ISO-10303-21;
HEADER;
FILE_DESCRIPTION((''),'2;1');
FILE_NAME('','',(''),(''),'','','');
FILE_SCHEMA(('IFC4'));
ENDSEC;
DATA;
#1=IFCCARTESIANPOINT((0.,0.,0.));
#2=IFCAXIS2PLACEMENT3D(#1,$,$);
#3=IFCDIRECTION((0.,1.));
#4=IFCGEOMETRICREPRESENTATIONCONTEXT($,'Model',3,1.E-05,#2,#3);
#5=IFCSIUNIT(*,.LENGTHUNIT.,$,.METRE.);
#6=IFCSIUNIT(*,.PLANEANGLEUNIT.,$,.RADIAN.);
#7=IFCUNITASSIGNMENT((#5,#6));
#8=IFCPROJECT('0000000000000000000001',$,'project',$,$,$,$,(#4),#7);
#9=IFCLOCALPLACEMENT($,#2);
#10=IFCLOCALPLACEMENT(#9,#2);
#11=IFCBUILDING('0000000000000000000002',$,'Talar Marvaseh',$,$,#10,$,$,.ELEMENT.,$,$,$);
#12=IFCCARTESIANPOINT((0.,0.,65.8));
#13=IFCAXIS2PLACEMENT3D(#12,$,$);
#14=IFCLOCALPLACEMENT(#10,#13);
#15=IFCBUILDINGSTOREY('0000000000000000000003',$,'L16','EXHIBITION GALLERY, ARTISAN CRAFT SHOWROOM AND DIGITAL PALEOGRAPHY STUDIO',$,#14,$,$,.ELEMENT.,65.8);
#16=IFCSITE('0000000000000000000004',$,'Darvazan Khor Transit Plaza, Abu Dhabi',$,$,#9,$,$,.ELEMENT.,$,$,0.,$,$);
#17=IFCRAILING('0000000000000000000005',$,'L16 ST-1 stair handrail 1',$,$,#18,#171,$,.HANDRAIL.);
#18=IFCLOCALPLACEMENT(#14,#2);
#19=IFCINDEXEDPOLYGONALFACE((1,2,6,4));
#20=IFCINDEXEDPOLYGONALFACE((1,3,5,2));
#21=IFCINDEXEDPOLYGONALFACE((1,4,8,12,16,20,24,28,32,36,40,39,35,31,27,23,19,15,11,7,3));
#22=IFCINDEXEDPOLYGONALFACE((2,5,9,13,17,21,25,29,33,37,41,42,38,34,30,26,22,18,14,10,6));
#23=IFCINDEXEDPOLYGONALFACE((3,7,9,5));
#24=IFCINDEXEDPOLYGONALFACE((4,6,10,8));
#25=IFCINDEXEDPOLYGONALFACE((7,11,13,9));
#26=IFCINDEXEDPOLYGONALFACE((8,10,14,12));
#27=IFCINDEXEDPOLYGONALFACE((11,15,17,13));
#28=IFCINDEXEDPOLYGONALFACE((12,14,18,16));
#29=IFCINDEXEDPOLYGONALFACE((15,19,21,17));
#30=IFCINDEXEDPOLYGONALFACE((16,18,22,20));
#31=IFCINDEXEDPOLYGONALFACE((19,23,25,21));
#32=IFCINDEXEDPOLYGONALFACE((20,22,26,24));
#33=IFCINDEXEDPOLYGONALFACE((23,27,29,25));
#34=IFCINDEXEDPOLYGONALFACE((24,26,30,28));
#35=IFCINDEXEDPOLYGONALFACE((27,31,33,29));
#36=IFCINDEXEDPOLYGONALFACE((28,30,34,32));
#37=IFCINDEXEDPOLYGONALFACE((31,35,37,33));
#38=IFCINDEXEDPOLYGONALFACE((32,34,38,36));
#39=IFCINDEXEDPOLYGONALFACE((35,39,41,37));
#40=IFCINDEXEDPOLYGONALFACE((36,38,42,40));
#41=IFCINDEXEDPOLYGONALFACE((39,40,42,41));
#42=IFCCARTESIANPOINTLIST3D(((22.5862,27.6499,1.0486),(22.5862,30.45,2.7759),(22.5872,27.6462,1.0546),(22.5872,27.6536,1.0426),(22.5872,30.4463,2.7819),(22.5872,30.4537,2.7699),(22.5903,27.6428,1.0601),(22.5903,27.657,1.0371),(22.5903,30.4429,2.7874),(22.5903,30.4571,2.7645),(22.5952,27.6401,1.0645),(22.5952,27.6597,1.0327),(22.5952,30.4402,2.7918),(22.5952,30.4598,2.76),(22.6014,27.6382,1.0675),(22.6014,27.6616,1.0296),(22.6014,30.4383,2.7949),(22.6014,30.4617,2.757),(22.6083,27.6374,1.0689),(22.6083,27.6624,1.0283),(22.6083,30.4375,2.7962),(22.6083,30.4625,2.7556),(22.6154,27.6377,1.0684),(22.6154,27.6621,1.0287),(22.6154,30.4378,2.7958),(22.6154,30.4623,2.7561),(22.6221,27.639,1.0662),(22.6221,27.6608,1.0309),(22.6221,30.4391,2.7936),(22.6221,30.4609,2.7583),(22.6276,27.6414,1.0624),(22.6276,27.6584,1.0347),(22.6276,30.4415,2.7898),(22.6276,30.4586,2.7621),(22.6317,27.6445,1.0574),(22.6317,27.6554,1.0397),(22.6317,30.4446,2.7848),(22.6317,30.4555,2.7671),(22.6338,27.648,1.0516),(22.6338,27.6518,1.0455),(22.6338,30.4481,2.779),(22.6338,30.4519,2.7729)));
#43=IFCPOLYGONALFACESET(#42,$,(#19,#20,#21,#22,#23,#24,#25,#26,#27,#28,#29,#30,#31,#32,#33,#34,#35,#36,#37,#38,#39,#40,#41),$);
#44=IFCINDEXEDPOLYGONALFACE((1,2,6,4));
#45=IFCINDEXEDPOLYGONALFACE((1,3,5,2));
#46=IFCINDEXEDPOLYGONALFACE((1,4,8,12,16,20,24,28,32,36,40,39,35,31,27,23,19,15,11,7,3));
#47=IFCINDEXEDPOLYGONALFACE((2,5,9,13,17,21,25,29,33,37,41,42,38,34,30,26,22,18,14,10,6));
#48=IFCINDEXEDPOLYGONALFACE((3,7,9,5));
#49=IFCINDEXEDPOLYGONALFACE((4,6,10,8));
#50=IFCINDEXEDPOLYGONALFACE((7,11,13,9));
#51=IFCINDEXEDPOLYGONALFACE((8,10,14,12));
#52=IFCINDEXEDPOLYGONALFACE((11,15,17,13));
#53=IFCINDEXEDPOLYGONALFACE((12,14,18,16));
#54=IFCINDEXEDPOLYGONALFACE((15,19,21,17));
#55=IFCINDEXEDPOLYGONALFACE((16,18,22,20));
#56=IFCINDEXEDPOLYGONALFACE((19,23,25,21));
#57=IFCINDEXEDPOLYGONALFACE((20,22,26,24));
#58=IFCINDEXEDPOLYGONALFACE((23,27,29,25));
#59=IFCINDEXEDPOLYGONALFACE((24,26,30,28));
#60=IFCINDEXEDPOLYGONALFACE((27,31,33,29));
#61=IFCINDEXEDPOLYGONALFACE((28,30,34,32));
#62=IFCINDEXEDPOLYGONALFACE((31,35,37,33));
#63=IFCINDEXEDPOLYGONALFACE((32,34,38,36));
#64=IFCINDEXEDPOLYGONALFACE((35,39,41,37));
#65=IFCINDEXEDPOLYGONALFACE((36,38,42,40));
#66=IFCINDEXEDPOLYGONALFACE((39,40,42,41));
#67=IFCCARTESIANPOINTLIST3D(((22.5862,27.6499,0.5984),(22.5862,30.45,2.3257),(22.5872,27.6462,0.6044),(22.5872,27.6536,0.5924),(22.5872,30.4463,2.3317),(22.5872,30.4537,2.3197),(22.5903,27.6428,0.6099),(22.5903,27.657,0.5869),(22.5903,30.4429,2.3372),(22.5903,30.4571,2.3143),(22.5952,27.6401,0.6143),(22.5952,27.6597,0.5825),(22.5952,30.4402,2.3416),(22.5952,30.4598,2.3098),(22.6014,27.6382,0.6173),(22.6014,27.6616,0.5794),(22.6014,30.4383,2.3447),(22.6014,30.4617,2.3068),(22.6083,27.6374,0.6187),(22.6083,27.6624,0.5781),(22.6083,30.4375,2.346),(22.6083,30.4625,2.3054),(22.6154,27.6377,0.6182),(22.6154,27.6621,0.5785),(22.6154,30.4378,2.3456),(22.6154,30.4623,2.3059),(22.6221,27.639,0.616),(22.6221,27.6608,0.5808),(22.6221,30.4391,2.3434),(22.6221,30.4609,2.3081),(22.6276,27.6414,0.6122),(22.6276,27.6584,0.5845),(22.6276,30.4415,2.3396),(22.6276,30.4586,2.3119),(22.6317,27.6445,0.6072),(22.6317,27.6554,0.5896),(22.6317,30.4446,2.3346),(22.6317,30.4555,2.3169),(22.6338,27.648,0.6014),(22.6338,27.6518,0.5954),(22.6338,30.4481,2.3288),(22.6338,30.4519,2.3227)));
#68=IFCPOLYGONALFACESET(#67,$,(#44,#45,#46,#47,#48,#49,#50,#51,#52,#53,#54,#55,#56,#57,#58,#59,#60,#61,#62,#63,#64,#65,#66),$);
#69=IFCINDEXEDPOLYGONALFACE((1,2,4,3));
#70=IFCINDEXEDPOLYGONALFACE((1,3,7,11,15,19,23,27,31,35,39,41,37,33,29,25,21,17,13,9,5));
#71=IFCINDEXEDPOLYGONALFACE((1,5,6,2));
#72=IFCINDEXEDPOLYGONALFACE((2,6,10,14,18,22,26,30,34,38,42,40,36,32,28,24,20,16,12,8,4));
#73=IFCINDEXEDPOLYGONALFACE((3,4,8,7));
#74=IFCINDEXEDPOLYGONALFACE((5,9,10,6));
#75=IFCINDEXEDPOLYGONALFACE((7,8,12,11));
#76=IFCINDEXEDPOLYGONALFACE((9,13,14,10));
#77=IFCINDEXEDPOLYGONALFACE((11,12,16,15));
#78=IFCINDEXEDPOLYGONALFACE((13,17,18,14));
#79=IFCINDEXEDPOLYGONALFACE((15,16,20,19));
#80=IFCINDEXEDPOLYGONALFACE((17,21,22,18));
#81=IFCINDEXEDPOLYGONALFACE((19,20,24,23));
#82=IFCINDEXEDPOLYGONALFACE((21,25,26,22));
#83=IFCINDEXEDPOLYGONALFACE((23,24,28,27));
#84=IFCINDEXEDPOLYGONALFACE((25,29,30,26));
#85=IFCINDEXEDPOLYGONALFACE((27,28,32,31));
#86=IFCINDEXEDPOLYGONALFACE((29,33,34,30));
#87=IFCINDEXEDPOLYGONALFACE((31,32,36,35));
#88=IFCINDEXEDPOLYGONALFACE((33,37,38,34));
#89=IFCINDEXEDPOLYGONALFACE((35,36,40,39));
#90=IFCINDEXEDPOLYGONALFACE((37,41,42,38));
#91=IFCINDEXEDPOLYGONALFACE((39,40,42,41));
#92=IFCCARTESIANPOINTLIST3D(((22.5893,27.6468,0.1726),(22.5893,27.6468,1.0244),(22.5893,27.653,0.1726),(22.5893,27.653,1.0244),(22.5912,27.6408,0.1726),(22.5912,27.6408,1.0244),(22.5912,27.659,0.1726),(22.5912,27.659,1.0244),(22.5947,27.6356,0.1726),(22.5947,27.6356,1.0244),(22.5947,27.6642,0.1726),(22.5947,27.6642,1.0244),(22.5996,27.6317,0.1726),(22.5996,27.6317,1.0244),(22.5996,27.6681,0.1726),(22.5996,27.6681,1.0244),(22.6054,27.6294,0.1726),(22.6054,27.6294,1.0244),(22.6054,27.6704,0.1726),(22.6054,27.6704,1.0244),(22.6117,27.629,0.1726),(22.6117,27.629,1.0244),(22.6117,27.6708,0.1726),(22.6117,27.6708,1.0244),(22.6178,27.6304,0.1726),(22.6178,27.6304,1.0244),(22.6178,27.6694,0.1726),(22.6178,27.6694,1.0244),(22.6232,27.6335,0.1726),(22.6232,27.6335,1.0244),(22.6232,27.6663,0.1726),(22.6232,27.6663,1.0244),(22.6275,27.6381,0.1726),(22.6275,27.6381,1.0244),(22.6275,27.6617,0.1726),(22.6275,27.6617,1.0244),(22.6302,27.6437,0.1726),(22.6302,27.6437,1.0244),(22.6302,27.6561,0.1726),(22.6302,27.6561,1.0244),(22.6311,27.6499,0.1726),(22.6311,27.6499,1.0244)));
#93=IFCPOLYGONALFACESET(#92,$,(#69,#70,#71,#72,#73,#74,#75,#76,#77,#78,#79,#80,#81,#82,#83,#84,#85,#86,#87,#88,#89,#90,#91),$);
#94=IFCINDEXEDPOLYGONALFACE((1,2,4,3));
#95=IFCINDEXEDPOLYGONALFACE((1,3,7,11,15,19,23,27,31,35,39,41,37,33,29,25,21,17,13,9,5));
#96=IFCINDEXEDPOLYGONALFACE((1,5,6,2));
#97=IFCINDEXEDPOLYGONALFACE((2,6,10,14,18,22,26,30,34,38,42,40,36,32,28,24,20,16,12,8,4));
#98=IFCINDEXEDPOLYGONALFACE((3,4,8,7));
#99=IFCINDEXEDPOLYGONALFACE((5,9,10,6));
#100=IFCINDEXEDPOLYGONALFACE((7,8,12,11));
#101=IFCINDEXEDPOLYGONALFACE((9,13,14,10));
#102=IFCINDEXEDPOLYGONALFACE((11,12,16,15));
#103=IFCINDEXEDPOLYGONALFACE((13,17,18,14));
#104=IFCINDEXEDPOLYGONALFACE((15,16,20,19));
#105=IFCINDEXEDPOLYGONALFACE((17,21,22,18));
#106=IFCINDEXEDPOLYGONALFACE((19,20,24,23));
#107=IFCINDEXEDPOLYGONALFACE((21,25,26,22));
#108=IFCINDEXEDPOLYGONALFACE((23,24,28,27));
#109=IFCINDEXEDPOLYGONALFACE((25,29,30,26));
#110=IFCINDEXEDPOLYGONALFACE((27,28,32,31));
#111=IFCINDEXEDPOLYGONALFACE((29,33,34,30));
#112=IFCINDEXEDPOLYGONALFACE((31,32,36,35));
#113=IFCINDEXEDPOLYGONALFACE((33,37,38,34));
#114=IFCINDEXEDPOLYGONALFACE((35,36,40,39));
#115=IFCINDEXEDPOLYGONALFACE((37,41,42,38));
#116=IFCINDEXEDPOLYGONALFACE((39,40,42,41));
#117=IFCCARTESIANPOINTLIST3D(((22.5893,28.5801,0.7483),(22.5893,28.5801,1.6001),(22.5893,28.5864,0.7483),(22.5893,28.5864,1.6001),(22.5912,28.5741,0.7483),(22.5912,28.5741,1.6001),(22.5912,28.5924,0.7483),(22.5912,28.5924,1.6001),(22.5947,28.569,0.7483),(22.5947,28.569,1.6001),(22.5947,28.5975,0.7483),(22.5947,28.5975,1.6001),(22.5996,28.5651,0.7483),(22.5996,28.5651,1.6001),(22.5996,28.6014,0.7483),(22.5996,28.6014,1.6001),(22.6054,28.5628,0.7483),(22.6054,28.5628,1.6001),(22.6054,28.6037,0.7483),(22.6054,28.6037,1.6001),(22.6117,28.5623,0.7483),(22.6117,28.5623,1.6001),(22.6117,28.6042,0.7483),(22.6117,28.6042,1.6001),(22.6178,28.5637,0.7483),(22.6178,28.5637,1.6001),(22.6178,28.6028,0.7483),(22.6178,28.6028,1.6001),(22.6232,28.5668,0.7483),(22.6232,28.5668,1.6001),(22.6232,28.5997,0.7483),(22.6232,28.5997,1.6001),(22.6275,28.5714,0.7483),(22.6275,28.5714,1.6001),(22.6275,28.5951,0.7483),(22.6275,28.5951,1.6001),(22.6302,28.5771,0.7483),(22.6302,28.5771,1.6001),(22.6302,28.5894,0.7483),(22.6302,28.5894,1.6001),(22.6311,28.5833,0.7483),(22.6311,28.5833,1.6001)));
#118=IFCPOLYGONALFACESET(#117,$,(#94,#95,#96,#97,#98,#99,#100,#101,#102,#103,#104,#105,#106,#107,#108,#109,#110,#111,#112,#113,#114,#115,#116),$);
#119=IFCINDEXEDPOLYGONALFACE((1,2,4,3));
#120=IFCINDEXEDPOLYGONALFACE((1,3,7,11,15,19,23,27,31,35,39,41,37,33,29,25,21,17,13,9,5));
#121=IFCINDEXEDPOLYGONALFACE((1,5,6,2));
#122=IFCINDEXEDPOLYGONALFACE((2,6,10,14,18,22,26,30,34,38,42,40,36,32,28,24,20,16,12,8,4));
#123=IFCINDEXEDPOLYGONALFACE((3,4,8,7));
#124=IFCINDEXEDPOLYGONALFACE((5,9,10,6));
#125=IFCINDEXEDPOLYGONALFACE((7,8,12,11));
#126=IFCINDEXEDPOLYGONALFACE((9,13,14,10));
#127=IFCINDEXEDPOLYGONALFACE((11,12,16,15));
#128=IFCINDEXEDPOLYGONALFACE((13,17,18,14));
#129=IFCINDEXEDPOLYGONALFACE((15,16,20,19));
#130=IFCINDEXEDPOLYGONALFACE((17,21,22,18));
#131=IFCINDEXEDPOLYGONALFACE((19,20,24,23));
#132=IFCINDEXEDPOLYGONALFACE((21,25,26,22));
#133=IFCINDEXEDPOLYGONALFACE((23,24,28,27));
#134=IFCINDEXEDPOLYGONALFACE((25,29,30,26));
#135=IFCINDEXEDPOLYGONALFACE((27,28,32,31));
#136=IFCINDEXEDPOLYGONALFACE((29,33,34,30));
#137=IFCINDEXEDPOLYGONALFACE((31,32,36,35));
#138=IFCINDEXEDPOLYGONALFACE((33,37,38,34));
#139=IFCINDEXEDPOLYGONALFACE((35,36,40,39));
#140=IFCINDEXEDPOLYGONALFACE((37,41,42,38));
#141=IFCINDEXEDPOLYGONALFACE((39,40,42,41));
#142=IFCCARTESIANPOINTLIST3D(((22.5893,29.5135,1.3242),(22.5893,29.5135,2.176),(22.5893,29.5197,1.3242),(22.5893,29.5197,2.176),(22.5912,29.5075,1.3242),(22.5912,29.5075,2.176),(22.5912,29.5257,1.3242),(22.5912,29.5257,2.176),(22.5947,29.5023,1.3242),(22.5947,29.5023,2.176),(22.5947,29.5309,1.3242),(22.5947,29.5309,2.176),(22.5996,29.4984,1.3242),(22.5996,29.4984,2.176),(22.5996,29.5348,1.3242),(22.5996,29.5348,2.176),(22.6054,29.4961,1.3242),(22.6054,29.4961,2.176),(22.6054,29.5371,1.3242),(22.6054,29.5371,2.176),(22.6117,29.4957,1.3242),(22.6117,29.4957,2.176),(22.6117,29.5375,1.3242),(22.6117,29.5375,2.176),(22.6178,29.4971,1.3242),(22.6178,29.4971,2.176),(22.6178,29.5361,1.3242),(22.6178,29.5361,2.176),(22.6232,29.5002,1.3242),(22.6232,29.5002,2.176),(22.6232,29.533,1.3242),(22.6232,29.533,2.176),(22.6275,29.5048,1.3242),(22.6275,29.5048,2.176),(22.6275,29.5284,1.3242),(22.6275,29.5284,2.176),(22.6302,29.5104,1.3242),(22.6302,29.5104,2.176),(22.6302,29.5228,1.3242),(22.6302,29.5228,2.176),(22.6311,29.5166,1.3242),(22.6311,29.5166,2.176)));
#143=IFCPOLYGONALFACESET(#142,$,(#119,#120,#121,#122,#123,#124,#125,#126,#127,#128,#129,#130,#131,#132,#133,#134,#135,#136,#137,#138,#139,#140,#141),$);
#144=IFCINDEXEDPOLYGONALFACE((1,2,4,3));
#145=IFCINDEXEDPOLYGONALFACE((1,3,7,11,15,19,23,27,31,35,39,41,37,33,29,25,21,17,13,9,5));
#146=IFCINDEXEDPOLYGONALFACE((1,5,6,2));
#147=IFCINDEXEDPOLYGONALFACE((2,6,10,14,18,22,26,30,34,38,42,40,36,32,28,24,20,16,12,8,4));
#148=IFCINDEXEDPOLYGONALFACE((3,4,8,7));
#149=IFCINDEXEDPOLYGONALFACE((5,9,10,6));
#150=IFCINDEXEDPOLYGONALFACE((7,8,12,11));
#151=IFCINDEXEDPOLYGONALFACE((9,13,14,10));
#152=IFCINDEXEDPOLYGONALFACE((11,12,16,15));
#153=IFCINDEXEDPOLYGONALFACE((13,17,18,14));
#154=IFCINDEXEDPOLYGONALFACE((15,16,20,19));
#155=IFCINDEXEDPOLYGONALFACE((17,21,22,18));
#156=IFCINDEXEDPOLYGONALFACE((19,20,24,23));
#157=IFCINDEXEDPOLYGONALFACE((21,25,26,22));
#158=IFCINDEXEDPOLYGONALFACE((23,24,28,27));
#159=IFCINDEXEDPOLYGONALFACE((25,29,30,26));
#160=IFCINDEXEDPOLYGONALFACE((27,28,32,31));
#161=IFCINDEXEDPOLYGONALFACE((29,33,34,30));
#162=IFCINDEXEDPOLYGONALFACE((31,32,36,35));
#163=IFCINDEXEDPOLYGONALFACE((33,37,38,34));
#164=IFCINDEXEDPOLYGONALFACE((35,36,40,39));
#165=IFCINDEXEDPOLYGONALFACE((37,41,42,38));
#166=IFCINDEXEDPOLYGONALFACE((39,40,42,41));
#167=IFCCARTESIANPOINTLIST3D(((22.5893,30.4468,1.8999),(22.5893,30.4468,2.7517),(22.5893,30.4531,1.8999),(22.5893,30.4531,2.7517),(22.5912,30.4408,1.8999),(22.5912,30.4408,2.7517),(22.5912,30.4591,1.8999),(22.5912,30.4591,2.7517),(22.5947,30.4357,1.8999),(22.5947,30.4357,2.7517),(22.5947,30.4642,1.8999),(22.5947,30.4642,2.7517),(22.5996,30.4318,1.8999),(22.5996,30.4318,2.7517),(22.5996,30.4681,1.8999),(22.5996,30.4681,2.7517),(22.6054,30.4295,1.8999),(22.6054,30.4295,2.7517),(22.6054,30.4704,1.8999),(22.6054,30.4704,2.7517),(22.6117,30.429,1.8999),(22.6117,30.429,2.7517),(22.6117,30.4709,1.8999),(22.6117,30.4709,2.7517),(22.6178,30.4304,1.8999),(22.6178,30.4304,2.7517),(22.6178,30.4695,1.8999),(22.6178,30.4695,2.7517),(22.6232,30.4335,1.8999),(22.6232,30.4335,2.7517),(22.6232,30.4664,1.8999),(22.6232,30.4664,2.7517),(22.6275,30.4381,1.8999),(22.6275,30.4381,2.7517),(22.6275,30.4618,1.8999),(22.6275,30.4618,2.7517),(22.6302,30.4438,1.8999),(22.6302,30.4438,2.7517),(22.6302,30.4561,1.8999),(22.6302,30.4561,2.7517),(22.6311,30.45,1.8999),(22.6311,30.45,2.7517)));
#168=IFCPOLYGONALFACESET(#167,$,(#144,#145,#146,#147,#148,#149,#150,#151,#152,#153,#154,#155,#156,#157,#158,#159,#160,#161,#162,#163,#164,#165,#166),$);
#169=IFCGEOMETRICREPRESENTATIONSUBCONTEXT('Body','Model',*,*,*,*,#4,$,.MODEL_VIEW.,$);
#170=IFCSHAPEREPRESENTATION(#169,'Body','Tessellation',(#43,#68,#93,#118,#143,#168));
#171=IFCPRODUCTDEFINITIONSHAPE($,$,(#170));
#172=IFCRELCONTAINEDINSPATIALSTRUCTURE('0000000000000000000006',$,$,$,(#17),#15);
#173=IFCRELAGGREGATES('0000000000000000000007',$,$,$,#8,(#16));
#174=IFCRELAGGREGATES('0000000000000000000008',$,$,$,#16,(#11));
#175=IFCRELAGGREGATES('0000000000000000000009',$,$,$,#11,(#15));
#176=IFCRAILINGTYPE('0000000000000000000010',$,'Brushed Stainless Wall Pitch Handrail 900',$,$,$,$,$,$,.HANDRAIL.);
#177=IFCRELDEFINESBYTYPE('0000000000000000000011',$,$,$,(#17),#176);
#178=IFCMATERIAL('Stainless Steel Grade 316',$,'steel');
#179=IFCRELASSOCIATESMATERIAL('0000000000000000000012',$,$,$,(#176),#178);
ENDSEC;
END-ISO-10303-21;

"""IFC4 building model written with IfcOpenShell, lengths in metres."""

from ifc_helpers import new_model, si_unit, direction, frame, origin, origin_2d, place, context, subcontext, project, spatial, circle, extrude, material, type_object, element, save


model = new_model("IFC4")

# Units and contexts
model_context = context("Model", 3, precision=1e-05, world=origin(), true_north=direction((0.0, 1.0)))
body_context = subcontext(model_context, "Body", "Model", "MODEL_VIEW")
ifc_project = project(units=[si_unit("LENGTHUNIT", "METRE"), si_unit("PLANEANGLEUNIT", "RADIAN")], contexts=[model_context])

# Site, building, storey
site_placement = place(None, origin())
site = spatial("IfcSite", under=ifc_project, at=site_placement, Name="Darvazan Khor Transit Plaza, Abu Dhabi", CompositionType="ELEMENT", RefElevation=0.0)
building_placement = place(site_placement, origin())
building = spatial("IfcBuilding", under=site, at=building_placement, Name="Talar Marvaseh", CompositionType="ELEMENT")
storey_placement = place(building_placement, frame((0.0, 0.0, 65.8)))
storey = spatial("IfcBuildingStorey", under=building, at=storey_placement, Name="L16", Description="EXHIBITION GALLERY, ARTISAN CRAFT SHOWROOM AND DIGITAL PALEOGRAPHY STUDIO", CompositionType="ELEMENT", Elevation=65.8)

# Railing
ifc_material_1 = material(Name="Stainless Steel Grade 316", Category="steel")
railing_type_1 = type_object("IfcRailingType", Name="Brushed Stainless Wall Pitch Handrail 900", PredefinedType="HANDRAIL", material=ifc_material_1)
railing_1_placement = place(storey_placement, frame((22.6101, 27.6499, 0.1726)))
element("IfcRailing", 1, at=railing_1_placement, inside=storey, type_object=railing_type_1, Name="L16 ST-1 stair handrail 1", PredefinedType="HANDRAIL", context=body_context, shape_type="SweptSolid", body=[
    extrude(circle(Radius=0.0239, at=origin_2d()), frame((0.0, 0.0, 0.876), z_axis=(0.0, 0.85109, 0.52502), x_axis=(-1.0, 0.0, 0.0)), (0.0, 0.0, 1.0), 3.29),
    extrude(circle(Radius=0.0239, at=origin_2d()), frame((0.0, 0.0, 0.4258), z_axis=(0.0, 0.85109, 0.52502), x_axis=(-1.0, 0.0, 0.0)), (0.0, 0.0, 1.0), 3.29),
    extrude(circle(Radius=0.021, at=origin_2d()), origin(), (0.0, 0.0, 1.0), 0.8518),
    extrude(circle(Radius=0.021, at=origin_2d()), frame((0.0, 0.9333, 0.5757)), (0.0, 0.0, 1.0), 0.8518),
    extrude(circle(Radius=0.021, at=origin_2d()), frame((0.0, 1.8667, 1.1516)), (0.0, 0.0, 1.0), 0.8518),
    extrude(circle(Radius=0.021, at=origin_2d()), frame((0.0, 2.8, 1.7273)), (0.0, 0.0, 1.0), 0.8518),
])

save(model, "model.ifc")
